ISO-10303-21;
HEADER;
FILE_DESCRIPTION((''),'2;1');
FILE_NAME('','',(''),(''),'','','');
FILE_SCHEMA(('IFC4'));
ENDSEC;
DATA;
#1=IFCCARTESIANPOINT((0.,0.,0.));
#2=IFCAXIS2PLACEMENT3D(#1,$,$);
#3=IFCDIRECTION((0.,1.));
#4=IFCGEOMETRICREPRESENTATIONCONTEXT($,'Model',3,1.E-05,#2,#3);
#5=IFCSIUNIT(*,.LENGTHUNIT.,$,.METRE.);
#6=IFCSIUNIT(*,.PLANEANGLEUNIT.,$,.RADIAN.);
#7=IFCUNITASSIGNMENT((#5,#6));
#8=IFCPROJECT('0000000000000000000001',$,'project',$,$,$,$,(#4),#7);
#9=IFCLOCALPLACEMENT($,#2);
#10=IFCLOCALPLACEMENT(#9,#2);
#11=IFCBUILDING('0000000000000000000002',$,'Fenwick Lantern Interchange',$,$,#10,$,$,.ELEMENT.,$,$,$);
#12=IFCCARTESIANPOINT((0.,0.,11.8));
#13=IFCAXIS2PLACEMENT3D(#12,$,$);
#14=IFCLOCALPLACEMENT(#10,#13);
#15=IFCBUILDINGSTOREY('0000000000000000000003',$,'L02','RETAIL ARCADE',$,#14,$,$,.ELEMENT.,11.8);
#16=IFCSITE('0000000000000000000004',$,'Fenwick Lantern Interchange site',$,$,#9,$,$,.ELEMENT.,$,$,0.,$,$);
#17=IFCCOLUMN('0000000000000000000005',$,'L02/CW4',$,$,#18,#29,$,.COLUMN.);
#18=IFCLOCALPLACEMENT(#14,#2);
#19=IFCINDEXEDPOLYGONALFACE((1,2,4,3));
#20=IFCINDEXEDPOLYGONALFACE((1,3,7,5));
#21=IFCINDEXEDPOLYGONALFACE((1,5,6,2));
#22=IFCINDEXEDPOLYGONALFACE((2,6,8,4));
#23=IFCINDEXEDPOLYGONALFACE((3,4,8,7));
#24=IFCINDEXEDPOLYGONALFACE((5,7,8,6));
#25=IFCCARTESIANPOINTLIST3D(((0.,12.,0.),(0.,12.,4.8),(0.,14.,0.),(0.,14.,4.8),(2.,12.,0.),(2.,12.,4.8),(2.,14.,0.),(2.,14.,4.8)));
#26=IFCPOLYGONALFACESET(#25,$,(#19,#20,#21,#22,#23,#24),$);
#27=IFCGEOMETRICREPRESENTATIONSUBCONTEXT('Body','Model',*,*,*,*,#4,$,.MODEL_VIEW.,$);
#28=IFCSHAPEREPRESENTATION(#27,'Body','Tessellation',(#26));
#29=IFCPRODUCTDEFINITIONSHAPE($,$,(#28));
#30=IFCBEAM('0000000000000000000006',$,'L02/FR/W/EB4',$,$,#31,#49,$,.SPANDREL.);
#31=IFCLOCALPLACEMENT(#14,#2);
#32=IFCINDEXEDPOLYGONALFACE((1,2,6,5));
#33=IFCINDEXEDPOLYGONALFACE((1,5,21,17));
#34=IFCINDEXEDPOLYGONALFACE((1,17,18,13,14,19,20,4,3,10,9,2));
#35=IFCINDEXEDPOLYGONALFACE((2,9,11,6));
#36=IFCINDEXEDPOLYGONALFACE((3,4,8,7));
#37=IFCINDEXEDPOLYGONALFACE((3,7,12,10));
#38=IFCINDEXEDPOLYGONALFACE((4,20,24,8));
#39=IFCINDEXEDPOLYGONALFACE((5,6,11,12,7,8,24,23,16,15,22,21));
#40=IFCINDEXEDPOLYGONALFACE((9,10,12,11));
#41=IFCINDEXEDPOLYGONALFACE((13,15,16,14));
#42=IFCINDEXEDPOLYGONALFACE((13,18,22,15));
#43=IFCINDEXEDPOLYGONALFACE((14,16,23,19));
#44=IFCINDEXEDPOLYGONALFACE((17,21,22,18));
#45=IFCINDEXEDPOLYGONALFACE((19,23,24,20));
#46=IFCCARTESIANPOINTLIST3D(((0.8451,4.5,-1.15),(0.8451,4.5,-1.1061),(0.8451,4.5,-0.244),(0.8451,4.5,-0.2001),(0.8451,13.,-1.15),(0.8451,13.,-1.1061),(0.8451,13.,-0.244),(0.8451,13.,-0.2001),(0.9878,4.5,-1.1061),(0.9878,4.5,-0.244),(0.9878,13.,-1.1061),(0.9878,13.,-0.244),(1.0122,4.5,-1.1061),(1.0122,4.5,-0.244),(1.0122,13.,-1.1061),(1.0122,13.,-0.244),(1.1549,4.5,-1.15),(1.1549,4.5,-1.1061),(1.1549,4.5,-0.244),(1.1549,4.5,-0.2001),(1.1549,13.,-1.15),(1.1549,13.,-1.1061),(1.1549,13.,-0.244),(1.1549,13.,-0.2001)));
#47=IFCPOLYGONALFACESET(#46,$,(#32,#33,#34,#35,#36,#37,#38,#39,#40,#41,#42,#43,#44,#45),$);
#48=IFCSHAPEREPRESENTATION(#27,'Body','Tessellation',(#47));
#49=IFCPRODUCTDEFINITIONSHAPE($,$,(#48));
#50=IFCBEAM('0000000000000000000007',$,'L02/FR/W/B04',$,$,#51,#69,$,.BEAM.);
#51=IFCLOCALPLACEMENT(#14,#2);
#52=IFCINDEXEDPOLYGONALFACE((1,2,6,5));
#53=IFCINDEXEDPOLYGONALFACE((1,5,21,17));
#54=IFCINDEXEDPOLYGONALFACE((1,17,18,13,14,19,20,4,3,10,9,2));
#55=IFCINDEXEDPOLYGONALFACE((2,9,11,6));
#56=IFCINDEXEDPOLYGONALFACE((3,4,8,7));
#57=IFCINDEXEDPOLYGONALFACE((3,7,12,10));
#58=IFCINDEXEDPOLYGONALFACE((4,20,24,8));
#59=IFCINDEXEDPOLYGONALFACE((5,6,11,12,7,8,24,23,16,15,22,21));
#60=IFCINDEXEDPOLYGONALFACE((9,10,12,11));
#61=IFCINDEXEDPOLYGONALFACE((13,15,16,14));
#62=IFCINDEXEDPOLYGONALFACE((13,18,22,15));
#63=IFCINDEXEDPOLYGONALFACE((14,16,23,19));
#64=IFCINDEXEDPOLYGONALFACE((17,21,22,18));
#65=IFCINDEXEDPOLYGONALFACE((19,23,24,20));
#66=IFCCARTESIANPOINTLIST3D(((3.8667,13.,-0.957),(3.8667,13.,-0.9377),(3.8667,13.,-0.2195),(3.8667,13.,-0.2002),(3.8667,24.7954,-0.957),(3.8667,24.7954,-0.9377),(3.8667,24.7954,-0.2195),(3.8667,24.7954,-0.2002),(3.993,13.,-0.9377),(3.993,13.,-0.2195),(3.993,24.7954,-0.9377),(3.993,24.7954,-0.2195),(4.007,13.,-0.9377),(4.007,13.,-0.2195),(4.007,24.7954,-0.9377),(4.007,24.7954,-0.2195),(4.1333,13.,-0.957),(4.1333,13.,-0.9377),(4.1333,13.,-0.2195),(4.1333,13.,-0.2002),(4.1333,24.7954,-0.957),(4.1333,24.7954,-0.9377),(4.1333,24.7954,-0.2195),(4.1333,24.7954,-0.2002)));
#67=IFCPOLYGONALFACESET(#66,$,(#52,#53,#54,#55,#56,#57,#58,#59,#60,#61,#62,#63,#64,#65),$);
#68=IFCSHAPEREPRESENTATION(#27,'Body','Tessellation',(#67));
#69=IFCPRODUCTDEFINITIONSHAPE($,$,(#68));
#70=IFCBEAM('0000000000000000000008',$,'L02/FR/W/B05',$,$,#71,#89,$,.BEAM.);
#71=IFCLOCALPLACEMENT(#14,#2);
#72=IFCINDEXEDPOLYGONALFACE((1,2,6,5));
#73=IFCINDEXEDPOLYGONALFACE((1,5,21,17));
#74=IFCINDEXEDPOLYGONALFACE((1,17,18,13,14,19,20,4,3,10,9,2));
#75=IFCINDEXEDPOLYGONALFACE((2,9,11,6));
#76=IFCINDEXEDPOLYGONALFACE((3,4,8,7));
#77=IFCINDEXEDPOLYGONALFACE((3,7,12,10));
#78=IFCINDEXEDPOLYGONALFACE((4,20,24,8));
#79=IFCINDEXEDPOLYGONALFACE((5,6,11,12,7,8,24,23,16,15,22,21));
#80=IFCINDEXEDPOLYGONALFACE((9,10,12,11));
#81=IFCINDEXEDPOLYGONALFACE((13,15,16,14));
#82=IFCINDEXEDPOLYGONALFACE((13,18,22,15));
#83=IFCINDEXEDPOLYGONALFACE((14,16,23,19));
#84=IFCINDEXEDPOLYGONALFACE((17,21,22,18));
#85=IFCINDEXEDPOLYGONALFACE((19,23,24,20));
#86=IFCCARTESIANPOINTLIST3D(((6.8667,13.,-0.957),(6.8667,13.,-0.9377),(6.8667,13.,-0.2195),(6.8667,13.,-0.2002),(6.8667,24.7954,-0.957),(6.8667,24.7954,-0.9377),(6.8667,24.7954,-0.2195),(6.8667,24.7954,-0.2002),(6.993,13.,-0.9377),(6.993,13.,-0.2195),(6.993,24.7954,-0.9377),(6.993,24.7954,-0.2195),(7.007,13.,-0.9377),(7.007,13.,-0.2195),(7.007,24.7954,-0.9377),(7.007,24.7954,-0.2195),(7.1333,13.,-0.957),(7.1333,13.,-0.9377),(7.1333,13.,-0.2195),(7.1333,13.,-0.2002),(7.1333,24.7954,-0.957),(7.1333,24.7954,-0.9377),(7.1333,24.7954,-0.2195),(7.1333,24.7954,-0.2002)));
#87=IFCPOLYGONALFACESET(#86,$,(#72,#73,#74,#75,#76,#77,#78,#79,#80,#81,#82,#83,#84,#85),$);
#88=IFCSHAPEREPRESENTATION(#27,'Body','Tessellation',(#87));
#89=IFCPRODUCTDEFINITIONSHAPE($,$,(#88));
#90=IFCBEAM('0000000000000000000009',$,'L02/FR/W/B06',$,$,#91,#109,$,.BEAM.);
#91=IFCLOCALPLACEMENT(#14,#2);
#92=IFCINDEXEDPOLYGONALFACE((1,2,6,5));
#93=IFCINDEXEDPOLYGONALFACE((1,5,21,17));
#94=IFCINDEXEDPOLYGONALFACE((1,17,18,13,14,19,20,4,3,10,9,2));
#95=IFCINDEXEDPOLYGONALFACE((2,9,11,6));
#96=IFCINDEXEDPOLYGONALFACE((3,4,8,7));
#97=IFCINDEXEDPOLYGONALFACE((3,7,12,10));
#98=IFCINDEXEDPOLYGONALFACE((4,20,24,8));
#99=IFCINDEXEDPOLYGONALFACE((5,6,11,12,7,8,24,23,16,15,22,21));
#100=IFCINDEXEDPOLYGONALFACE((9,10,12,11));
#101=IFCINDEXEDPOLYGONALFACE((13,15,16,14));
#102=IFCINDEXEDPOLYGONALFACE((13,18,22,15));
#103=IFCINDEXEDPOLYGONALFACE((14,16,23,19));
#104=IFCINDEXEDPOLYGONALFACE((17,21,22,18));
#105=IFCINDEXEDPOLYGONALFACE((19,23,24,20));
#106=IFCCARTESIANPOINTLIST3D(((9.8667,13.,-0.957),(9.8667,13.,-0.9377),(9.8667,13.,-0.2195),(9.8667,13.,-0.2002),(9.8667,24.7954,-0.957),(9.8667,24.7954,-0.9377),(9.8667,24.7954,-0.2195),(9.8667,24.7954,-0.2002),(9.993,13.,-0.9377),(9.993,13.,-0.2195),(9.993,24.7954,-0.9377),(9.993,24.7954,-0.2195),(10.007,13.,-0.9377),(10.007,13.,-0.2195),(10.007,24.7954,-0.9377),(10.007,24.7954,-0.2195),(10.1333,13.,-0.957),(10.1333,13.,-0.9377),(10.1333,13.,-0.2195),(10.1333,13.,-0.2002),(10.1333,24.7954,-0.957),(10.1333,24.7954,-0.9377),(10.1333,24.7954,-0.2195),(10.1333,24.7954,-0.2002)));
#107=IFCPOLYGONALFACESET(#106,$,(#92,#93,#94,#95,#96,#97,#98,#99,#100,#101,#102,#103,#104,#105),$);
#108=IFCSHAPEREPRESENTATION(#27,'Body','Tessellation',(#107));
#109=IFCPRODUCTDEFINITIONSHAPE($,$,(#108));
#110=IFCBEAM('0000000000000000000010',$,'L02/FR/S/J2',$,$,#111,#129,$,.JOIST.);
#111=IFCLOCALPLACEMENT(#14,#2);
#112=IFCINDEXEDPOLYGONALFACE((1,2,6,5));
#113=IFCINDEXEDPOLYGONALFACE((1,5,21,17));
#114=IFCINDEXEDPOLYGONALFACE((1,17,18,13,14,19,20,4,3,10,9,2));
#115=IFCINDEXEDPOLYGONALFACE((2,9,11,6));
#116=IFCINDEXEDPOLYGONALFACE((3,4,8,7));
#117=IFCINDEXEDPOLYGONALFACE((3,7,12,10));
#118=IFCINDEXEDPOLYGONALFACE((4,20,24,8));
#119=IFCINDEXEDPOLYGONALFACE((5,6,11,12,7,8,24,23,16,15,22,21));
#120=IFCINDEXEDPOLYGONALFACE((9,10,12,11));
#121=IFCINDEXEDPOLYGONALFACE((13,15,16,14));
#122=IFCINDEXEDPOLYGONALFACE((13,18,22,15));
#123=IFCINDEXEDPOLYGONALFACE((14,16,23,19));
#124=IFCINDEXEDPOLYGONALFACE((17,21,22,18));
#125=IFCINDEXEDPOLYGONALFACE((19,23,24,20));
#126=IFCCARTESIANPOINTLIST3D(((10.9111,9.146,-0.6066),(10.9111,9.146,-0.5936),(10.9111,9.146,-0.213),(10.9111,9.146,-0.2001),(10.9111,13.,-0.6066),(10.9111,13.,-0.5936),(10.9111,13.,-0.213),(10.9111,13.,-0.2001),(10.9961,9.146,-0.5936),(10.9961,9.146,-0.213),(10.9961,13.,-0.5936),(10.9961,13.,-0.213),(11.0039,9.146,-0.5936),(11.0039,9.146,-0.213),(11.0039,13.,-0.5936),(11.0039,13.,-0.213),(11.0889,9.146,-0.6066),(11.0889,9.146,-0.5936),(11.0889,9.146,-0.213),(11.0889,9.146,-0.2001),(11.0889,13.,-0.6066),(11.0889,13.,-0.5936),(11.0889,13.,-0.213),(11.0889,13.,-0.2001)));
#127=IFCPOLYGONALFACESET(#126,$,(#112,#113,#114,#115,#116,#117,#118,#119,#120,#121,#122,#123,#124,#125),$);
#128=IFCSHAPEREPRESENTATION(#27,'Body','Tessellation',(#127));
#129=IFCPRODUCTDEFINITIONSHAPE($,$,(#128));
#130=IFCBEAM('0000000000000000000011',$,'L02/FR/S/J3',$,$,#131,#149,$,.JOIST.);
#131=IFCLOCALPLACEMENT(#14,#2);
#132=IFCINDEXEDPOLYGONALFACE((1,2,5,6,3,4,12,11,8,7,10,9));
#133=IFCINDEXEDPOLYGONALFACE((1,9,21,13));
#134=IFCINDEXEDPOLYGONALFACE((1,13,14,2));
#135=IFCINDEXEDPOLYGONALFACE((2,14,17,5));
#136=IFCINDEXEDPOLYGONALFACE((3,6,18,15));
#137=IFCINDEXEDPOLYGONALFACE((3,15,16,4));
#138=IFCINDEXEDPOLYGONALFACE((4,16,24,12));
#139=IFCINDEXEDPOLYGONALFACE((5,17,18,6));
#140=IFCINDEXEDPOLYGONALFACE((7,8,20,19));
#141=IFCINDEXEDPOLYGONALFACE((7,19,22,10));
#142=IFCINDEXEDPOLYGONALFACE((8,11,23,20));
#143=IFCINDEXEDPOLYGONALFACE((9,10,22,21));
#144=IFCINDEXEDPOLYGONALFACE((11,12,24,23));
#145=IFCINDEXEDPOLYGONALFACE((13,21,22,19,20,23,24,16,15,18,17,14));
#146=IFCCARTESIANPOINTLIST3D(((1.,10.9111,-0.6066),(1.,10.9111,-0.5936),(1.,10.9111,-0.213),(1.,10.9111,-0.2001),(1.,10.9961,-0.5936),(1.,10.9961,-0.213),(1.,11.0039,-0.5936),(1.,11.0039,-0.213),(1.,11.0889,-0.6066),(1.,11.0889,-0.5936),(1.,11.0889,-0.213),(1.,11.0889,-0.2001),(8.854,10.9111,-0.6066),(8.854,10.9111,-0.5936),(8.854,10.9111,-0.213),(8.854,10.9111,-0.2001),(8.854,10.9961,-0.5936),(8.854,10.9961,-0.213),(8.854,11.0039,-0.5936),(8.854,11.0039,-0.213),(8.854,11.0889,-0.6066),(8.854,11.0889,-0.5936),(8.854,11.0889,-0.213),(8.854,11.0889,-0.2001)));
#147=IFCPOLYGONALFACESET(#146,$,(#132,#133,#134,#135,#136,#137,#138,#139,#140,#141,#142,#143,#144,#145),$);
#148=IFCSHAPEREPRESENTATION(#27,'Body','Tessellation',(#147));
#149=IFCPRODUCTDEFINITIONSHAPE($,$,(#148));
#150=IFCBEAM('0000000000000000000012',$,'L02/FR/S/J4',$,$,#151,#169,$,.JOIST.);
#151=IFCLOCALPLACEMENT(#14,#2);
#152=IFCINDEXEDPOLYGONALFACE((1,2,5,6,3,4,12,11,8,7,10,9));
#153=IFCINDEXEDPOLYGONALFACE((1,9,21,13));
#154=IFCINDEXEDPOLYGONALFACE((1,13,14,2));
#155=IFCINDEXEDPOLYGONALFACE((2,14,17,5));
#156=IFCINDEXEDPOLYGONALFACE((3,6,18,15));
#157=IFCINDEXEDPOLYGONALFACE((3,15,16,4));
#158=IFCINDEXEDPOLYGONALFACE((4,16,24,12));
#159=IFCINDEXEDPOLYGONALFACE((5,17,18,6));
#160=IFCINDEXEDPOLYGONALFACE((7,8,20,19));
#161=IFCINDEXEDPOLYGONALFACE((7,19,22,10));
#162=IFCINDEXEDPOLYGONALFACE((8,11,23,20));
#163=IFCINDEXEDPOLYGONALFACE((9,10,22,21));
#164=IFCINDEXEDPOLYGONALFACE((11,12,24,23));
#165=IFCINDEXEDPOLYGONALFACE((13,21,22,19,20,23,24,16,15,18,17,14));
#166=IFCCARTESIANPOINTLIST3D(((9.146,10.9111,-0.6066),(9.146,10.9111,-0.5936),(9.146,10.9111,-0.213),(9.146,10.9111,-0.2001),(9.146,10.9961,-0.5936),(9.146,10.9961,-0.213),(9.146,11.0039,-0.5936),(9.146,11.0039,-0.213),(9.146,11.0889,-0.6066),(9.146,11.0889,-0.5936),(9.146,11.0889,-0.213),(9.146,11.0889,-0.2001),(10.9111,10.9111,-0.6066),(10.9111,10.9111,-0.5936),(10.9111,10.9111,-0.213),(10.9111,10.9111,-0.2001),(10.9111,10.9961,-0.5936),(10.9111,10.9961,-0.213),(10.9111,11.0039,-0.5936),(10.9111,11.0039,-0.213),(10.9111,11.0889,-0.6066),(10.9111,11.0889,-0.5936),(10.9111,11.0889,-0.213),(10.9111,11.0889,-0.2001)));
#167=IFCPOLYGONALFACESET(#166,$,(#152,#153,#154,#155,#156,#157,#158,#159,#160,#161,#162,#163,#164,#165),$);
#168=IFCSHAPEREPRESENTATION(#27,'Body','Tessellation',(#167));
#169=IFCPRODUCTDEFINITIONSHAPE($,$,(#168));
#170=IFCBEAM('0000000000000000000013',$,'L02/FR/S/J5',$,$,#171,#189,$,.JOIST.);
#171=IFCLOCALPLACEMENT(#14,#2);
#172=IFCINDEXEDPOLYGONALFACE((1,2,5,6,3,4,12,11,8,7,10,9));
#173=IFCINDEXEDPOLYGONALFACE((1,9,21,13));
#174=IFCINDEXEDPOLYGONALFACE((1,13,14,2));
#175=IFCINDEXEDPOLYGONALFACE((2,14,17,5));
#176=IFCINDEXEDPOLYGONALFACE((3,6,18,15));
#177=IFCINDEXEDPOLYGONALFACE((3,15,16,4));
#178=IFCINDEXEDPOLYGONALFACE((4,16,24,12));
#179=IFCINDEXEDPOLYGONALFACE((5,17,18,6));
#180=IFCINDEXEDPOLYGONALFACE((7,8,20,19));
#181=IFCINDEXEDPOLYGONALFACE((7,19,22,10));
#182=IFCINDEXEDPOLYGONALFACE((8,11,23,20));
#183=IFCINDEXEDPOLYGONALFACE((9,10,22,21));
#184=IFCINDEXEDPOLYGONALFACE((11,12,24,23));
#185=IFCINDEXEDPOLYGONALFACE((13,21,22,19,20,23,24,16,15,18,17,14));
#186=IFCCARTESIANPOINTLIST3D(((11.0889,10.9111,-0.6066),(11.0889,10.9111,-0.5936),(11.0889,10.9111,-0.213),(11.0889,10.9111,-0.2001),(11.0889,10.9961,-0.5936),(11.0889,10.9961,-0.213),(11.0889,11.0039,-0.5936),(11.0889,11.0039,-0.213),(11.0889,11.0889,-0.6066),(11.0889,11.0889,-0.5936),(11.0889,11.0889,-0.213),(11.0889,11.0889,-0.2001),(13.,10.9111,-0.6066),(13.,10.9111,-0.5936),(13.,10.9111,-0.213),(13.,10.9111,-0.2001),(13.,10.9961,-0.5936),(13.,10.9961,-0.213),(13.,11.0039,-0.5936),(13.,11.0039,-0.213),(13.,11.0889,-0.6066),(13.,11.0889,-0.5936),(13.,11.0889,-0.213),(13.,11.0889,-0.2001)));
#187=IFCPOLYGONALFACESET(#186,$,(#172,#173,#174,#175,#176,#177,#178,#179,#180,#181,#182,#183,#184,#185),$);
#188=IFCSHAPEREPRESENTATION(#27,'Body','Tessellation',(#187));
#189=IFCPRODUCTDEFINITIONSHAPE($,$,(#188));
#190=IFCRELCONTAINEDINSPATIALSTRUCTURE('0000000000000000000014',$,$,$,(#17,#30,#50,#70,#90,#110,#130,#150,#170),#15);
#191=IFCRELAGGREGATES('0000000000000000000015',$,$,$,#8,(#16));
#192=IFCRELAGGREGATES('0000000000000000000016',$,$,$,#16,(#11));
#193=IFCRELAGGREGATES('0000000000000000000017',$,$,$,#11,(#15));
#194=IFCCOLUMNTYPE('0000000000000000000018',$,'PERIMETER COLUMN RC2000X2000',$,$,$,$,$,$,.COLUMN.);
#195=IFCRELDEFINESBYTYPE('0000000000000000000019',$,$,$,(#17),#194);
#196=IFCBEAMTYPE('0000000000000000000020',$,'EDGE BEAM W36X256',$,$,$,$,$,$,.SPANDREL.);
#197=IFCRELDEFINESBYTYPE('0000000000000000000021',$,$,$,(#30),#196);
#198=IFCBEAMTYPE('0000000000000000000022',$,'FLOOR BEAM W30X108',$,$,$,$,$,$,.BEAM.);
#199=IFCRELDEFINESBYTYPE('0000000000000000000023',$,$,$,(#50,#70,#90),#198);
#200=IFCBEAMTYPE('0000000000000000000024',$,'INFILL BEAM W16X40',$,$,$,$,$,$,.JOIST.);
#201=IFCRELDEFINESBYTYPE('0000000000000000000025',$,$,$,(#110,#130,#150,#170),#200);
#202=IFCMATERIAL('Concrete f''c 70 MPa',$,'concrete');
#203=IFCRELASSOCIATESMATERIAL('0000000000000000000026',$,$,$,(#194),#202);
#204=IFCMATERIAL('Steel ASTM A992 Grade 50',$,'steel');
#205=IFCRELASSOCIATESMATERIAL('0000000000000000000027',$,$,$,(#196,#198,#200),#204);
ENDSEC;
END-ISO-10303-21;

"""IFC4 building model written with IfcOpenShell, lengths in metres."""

from ifc_helpers import new_model, si_unit, direction, frame, origin, origin_2d, place, context, subcontext, project, spatial, rectangle, i_section, extrude, material, material_profile, profile_set, type_object, element, save


model = new_model("IFC4")

# Units and contexts
model_context = context("Model", 3, precision=1e-05, world=origin(), true_north=direction((0.0, 1.0)))
body_context = subcontext(model_context, "Body", "Model", "MODEL_VIEW")
ifc_project = project(units=[si_unit("LENGTHUNIT", "METRE"), si_unit("PLANEANGLEUNIT", "RADIAN")], contexts=[model_context])

# Site, building, storey
site_placement = place(None, origin())
site = spatial("IfcSite", under=ifc_project, at=site_placement, Name="Fenwick Lantern Interchange site", CompositionType="ELEMENT", RefElevation=0.0)
building_placement = place(site_placement, origin())
building = spatial("IfcBuilding", under=site, at=building_placement, Name="Fenwick Lantern Interchange", CompositionType="ELEMENT")
storey_placement = place(building_placement, frame((0.0, 0.0, 11.8)))
storey = spatial("IfcBuildingStorey", under=building, at=storey_placement, Name="L02", Description="RETAIL ARCADE", CompositionType="ELEMENT", Elevation=11.8)

# Column
ifc_material_1 = material(Name="Concrete f'c 70 MPa", Category="concrete")
ifc_material_profile_1 = material_profile(ifc_material_1, rectangle(XDim=2.0, YDim=2.0, at=origin_2d()), Name="RC2000X2000")
ifc_profile_set_1 = profile_set([ifc_material_profile_1], Name="Concrete f'c 70 MPa")
column_type = type_object("IfcColumnType", Name="PERIMETER COLUMN RC2000X2000", PredefinedType="COLUMN", material=ifc_profile_set_1)
column_placement = place(storey_placement, frame((1.0, 13.0, 0.0), z_axis=(0.0, 0.0, 1.0), x_axis=(1.0, 0.0, 0.0)))
element("IfcColumn", 1, at=column_placement, inside=storey, type_object=column_type, Name="L02/CW4", PredefinedType="COLUMN", context=body_context, shape_type="SweptSolid", body=[
    extrude(rectangle(XDim=2.0, YDim=2.0, at=origin_2d()), origin(), (0.0, 0.0, 1.0), 4.8),
])

# Beams
ifc_material_2 = material(Name="Steel ASTM A992 Grade 50", Category="steel")
ifc_material_profile_2 = material_profile(ifc_material_2, i_section(OverallWidth=0.3098, OverallDepth=0.95, WebThickness=0.0244, FlangeThickness=0.0439, at=origin_2d()), Name="W36X256")
ifc_profile_set_2 = profile_set([ifc_material_profile_2], Name="Steel ASTM A992 Grade 50")
beam_type_1 = type_object("IfcBeamType", Name="EDGE BEAM W36X256", PredefinedType="SPANDREL", material=ifc_profile_set_2)
beam_1_placement = place(storey_placement, frame((1.0, 13.0, -0.675), z_axis=(0.0, -1.0, 0.0), x_axis=(1.0, 0.0, 0.0)))
element("IfcBeam", 2, at=beam_1_placement, inside=storey, type_object=beam_type_1, Name="L02/FR/W/EB4", PredefinedType="SPANDREL", context=body_context, shape_type="SweptSolid", body=[
    extrude(i_section(OverallWidth=0.3098, OverallDepth=0.95, WebThickness=0.0244, FlangeThickness=0.0439, at=origin_2d()), origin(), (0.0, 0.0, 1.0), 8.5),
])
ifc_material_profile_3 = material_profile(ifc_material_2, i_section(OverallWidth=0.2666, OverallDepth=0.7568, WebThickness=0.0139, FlangeThickness=0.0193, at=origin_2d()), Name="W30X108")
ifc_profile_set_3 = profile_set([ifc_material_profile_3], Name="Steel ASTM A992 Grade 50")
beam_type_2 = type_object("IfcBeamType", Name="FLOOR BEAM W30X108", PredefinedType="BEAM", material=ifc_profile_set_3)
for number, where, z_axis, x_axis, name in (
    (3, (4.0, 24.7954, -0.5786), (0.0, -1.0, 0.0), (1.0, 0.0, 0.0), "L02/FR/W/B04"),
    (4, (7.0, 24.7954, -0.5786), (0.0, -1.0, 0.0), (1.0, 0.0, 0.0), "L02/FR/W/B05"),
    (5, (10.0, 24.7954, -0.5786), (0.0, -1.0, 0.0), (1.0, 0.0, 0.0), "L02/FR/W/B06"),
):
    element("IfcBeam", number, at=place(storey_placement, frame(where, z_axis=z_axis, x_axis=x_axis)), inside=storey, type_object=beam_type_2, Name=name, PredefinedType="BEAM", context=body_context, shape_type="SweptSolid", body=[
        extrude(i_section(OverallWidth=0.2666, OverallDepth=0.7568, WebThickness=0.0139, FlangeThickness=0.0193, at=origin_2d()), origin(), (0.0, 0.0, 1.0), 11.7954),
    ])
ifc_material_profile_4 = material_profile(ifc_material_2, i_section(OverallWidth=0.1777, OverallDepth=0.4065, WebThickness=0.0078, FlangeThickness=0.0129, at=origin_2d()), Name="W16X40")
ifc_profile_set_4 = profile_set([ifc_material_profile_4], Name="Steel ASTM A992 Grade 50")
beam_type_3 = type_object("IfcBeamType", Name="INFILL BEAM W16X40", PredefinedType="JOIST", material=ifc_profile_set_4)
beam_2_placement = place(storey_placement, frame((11.0, 9.146, -0.4033), z_axis=(0.0, 1.0, 0.0), x_axis=(-1.0, 0.0, 0.0)))
element("IfcBeam", 6, at=beam_2_placement, inside=storey, type_object=beam_type_3, Name="L02/FR/S/J2", PredefinedType="JOIST", context=body_context, shape_type="SweptSolid", body=[
    extrude(i_section(OverallWidth=0.1777, OverallDepth=0.4065, WebThickness=0.0078, FlangeThickness=0.0129, at=origin_2d()), origin(), (0.0, 0.0, 1.0), 3.854),
])
beam_3_placement = place(storey_placement, frame((1.0, 11.0, -0.4033), z_axis=(1.0, 0.0, 0.0), x_axis=(0.0, 1.0, 0.0)))
element("IfcBeam", 7, at=beam_3_placement, inside=storey, type_object=beam_type_3, Name="L02/FR/S/J3", PredefinedType="JOIST", context=body_context, shape_type="SweptSolid", body=[
    extrude(i_section(OverallWidth=0.1777, OverallDepth=0.4065, WebThickness=0.0078, FlangeThickness=0.0129, at=origin_2d()), origin(), (0.0, 0.0, 1.0), 7.854),
])
beam_4_placement = place(storey_placement, frame((9.146, 11.0, -0.4033), z_axis=(1.0, 0.0, 0.0), x_axis=(0.0, 1.0, 0.0)))
element("IfcBeam", 8, at=beam_4_placement, inside=storey, type_object=beam_type_3, Name="L02/FR/S/J4", PredefinedType="JOIST", context=body_context, shape_type="SweptSolid", body=[
    extrude(i_section(OverallWidth=0.1777, OverallDepth=0.4065, WebThickness=0.0078, FlangeThickness=0.0129, at=origin_2d()), origin(), (0.0, 0.0, 1.0), 1.7651),
])
beam_5_placement = place(storey_placement, frame((11.0889, 11.0, -0.4033), z_axis=(1.0, 0.0, 0.0), x_axis=(0.0, 1.0, 0.0)))
element("IfcBeam", 9, at=beam_5_placement, inside=storey, type_object=beam_type_3, Name="L02/FR/S/J5", PredefinedType="JOIST", context=body_context, shape_type="SweptSolid", body=[
    extrude(i_section(OverallWidth=0.1777, OverallDepth=0.4065, WebThickness=0.0078, FlangeThickness=0.0129, at=origin_2d()), origin(), (0.0, 0.0, 1.0), 1.9111),
])

save(model, "model.ifc")
